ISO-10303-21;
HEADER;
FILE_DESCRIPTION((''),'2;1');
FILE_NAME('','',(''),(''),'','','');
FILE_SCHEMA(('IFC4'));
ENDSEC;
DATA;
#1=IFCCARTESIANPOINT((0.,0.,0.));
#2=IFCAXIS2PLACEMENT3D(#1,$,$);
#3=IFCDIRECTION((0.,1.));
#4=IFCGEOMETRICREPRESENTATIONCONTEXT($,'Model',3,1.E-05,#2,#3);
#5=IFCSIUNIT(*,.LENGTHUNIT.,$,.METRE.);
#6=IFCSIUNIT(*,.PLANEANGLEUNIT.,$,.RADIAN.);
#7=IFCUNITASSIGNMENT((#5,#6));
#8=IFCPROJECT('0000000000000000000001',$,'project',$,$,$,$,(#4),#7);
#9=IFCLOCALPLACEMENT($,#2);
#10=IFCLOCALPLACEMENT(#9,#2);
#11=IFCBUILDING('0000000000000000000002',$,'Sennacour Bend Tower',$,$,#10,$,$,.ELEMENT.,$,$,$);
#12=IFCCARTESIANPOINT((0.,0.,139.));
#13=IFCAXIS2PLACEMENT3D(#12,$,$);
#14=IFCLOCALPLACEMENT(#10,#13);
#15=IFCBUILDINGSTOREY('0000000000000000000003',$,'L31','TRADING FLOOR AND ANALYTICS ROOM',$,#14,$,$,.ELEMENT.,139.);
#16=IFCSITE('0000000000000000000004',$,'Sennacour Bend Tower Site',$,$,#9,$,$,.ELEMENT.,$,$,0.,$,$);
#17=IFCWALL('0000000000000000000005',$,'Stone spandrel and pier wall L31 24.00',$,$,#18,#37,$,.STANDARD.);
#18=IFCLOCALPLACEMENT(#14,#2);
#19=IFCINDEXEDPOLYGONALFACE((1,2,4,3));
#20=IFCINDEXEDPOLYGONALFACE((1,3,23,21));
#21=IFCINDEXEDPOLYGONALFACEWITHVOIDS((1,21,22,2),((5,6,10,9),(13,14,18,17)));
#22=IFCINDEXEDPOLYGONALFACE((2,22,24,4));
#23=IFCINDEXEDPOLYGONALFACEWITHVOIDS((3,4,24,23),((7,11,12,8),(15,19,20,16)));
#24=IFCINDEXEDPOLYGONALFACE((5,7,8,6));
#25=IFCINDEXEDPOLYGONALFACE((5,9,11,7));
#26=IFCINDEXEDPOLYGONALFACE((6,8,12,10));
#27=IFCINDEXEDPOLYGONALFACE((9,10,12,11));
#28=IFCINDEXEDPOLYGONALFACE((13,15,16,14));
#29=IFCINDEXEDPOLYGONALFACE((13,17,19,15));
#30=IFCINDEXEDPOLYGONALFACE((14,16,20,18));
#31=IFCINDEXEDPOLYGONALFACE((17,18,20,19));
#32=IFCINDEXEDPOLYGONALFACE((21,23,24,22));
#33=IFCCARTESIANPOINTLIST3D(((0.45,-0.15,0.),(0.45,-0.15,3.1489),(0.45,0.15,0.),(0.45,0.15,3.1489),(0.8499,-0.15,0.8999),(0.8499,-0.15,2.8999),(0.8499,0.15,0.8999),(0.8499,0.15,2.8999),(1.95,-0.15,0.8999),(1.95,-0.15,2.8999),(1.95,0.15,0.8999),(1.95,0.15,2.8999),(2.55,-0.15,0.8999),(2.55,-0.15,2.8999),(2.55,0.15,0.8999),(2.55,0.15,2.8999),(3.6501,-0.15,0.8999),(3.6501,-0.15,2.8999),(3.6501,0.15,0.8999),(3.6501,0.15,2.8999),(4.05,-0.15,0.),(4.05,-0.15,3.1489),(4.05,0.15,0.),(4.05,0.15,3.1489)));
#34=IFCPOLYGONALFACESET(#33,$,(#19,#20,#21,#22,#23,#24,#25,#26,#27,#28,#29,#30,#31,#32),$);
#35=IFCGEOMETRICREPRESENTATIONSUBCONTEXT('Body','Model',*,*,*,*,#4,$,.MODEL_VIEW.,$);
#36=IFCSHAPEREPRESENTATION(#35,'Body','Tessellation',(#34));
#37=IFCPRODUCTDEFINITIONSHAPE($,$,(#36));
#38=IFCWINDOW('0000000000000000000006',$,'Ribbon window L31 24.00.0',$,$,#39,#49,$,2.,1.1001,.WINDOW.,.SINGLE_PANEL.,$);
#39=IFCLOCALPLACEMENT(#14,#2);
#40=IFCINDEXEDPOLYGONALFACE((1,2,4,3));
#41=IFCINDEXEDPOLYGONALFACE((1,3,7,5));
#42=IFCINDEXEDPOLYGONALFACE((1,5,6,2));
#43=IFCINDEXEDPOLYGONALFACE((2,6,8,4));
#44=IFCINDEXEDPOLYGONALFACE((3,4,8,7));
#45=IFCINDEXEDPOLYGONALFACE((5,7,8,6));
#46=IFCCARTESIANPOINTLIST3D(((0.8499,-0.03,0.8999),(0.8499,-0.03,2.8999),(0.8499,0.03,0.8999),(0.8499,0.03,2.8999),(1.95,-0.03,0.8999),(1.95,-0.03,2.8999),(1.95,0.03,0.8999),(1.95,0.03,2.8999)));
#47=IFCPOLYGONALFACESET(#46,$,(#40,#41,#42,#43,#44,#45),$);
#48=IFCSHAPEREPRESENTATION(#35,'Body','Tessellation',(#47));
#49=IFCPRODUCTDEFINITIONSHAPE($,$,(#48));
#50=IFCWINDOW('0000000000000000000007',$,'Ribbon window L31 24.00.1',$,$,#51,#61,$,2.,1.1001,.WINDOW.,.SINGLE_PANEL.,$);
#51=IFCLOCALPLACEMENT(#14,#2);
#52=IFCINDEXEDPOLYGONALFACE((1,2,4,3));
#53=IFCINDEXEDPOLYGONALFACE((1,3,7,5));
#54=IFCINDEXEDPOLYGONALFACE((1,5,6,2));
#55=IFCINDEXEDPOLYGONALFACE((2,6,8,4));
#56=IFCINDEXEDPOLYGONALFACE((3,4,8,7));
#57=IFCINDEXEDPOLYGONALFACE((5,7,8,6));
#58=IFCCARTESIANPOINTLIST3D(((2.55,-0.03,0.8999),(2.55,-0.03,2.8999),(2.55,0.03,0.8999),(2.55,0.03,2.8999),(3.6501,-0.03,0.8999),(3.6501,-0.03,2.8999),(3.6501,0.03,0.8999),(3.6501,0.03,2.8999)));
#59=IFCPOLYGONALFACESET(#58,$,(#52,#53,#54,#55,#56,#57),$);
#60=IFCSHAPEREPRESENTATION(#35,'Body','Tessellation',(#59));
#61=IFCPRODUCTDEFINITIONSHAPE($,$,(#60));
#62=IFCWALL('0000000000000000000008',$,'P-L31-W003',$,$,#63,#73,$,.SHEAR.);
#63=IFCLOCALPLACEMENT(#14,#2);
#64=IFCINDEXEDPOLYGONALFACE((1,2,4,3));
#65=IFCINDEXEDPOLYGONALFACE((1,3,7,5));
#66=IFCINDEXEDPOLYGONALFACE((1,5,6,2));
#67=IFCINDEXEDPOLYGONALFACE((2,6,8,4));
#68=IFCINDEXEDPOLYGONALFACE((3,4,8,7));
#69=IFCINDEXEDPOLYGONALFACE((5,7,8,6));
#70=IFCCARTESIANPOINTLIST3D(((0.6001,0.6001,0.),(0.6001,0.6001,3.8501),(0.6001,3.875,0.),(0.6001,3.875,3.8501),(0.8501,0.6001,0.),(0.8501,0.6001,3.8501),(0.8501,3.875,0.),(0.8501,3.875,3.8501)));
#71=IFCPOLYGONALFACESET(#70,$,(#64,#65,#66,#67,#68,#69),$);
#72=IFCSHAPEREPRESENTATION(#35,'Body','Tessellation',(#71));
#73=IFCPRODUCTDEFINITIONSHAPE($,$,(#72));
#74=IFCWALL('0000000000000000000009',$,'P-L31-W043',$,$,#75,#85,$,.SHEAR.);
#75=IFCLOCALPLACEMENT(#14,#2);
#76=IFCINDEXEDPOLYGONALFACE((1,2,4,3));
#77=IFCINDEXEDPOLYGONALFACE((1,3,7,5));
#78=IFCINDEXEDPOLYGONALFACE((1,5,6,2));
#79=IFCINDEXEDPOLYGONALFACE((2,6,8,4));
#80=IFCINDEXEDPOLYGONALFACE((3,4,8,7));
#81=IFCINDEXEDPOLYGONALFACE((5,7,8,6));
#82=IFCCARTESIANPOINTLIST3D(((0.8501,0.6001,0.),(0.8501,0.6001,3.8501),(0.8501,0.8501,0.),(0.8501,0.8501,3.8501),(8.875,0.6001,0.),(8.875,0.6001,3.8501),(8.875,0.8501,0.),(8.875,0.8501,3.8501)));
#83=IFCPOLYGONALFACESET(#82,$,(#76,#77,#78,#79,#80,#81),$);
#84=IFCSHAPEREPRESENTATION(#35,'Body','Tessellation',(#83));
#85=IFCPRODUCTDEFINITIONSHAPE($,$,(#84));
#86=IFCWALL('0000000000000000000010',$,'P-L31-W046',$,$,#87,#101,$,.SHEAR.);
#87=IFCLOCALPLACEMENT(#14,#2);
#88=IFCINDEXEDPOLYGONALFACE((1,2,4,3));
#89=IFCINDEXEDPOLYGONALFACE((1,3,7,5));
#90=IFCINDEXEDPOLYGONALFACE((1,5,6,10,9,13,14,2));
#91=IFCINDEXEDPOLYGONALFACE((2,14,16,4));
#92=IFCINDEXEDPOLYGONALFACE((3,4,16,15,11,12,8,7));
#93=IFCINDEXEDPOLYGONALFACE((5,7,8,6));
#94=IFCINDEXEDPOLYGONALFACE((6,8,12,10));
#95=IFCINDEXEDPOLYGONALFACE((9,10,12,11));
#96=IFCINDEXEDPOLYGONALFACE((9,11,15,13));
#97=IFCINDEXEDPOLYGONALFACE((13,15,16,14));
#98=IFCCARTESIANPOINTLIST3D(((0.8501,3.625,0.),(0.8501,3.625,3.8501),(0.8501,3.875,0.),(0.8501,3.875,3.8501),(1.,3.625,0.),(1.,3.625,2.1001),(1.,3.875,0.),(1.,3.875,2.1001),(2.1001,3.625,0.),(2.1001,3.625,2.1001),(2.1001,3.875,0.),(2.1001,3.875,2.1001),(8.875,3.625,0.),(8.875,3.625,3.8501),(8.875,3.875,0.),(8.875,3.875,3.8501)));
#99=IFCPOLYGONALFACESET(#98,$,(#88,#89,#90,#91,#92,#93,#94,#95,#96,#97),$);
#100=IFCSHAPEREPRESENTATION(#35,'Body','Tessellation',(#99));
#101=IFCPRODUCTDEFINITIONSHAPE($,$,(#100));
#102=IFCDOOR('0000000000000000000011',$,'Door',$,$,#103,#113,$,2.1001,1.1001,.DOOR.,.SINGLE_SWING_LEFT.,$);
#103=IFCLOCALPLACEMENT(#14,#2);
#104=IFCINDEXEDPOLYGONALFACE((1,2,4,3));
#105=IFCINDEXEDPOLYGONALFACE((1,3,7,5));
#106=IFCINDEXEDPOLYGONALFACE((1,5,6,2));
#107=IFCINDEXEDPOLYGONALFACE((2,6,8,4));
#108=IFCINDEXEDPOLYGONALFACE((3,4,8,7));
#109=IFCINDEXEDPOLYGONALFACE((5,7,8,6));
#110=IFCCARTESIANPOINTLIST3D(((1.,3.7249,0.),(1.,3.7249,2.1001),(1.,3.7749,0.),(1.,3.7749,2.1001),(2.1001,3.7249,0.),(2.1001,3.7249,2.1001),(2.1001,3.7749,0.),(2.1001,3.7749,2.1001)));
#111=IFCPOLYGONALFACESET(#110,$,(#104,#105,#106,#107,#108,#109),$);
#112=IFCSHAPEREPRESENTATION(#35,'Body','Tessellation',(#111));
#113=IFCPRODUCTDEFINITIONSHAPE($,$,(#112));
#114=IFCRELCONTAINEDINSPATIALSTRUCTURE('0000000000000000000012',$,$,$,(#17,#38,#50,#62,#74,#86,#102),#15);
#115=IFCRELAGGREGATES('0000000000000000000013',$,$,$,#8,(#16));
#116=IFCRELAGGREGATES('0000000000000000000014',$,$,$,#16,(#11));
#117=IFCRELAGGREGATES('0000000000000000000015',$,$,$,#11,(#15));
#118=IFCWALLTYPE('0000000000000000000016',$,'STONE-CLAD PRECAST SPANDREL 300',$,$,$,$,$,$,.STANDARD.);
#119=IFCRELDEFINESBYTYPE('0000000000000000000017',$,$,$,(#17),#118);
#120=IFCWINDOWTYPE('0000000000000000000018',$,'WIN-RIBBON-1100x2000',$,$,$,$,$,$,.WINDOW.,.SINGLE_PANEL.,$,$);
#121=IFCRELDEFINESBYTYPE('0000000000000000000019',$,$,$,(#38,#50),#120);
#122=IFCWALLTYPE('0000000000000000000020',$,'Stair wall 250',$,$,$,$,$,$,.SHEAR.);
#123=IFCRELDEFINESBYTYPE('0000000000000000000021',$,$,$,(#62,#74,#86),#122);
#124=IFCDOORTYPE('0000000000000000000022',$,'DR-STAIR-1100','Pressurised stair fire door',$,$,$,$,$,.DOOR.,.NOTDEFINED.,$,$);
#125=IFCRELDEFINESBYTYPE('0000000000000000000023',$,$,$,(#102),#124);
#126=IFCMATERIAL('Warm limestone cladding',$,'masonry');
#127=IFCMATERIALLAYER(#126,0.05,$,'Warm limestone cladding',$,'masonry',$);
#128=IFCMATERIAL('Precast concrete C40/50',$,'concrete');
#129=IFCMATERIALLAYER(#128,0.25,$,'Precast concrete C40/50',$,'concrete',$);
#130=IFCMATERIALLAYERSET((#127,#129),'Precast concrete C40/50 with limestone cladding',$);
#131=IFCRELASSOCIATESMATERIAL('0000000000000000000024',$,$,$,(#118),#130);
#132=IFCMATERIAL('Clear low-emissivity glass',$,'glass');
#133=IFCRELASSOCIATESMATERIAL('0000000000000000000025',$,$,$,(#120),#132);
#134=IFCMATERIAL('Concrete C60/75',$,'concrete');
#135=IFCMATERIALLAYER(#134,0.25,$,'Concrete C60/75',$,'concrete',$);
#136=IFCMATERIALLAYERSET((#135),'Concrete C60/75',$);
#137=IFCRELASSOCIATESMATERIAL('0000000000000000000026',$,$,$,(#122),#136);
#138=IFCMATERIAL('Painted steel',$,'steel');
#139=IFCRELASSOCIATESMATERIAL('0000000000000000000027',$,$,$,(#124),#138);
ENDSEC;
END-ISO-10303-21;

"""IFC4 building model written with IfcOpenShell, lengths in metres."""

from ifc_helpers import new_model, si_unit, direction, frame, frame_2d, origin, place, context, subcontext, project, spatial, rectangle, extrude, material, layer, layer_set, type_object, element, fill, save


model = new_model("IFC4")

# Units and contexts
model_context = context("Model", 3, precision=1e-05, world=origin(), true_north=direction((0.0, 1.0)))
body_context = subcontext(model_context, "Body", "Model", "MODEL_VIEW")
ifc_project = project(units=[si_unit("LENGTHUNIT", "METRE"), si_unit("PLANEANGLEUNIT", "RADIAN")], contexts=[model_context])

# Site, building, storey
site_placement = place(None, origin())
site = spatial("IfcSite", under=ifc_project, at=site_placement, Name="Sennacour Bend Tower Site", CompositionType="ELEMENT", RefElevation=0.0)
building_placement = place(site_placement, origin())
building = spatial("IfcBuilding", under=site, at=building_placement, Name="Sennacour Bend Tower", CompositionType="ELEMENT")
storey_placement = place(building_placement, frame((0.0, 0.0, 139.0)))
storey = spatial("IfcBuildingStorey", under=building, at=storey_placement, Name="L31", Description="TRADING FLOOR AND ANALYTICS ROOM", CompositionType="ELEMENT", Elevation=139.0)

# Shared definitions
ifc_material_1 = material(Name="Painted steel", Category="steel")

# Wall, openings, windows
ifc_material_2 = material(Name="Warm limestone cladding", Category="masonry")
ifc_layer_1 = layer(ifc_material_2, 0.05, Name="Warm limestone cladding", Category="masonry")
ifc_material_3 = material(Name="Precast concrete C40/50", Category="concrete")
ifc_layer_2 = layer(ifc_material_3, 0.25, Name="Precast concrete C40/50", Category="concrete")
ifc_layer_set_1 = layer_set([ifc_layer_1, ifc_layer_2], Name="Precast concrete C40/50 with limestone cladding")
wall_type_1 = type_object("IfcWallType", Name="STONE-CLAD PRECAST SPANDREL 300", PredefinedType="STANDARD", material=ifc_layer_set_1)
ifc_material_4 = material(Name="Clear low-emissivity glass", Category="glass")
window_type = type_object("IfcWindowType", Name="WIN-RIBBON-1100x2000", PartitioningType="SINGLE_PANEL", PredefinedType="WINDOW", material=ifc_material_4)
wall_1_placement = place(storey_placement, frame((0.45, 0.0, 0.0), z_axis=(0.0, 0.0, 1.0), x_axis=(1.0, 0.0, 0.0)))
wall_1 = element("IfcWall", 1, at=wall_1_placement, inside=storey, type_object=wall_type_1, Name="Stone spandrel and pier wall L31 24.00", PredefinedType="STANDARD", context=body_context, shape_type="SweptSolid", body=[
    extrude(rectangle(XDim=3.6001, YDim=0.3, at=frame_2d((1.8, 0.0))), origin(), (0.0, 0.0, 1.0), 3.1489),
])
opening_1_placement = place(wall_1_placement, frame((0.3999, 0.0, 0.8999)))
opening_1 = element("IfcOpeningElement", 2, at=opening_1_placement, cuts=wall_1, PredefinedType="OPENING", context=body_context, shape_type="SweptSolid", body=[
    extrude(rectangle(XDim=1.1001, YDim=2.0, at=frame_2d((0.55, 1.0))), frame((0.0, 0.1602, 0.0), z_axis=(0.0, -1.0, 0.0), x_axis=(1.0, 0.0, 0.0)), (0.0, 0.0, 1.0), 0.3201),
])
opening_2_placement = place(wall_1_placement, frame((2.1001, 0.0, 0.8999)))
opening_2 = element("IfcOpeningElement", 3, at=opening_2_placement, cuts=wall_1, PredefinedType="OPENING", context=body_context, shape_type="SweptSolid", body=[
    extrude(rectangle(XDim=1.1001, YDim=2.0, at=frame_2d((0.55, 1.0))), frame((0.0, 0.1602, 0.0), z_axis=(0.0, -1.0, 0.0), x_axis=(1.0, 0.0, 0.0)), (0.0, 0.0, 1.0), 0.3201),
])
window_1_placement = place(opening_1_placement, origin())
window_1 = element("IfcWindow", 4, at=window_1_placement, inside=storey, type_object=window_type, Name="Ribbon window L31 24.00.0", OverallHeight=2.0, OverallWidth=1.1001, PartitioningType="SINGLE_PANEL", PredefinedType="WINDOW", context=body_context, shape_type="SweptSolid", body=[
    extrude(rectangle(XDim=1.1001, YDim=2.0, at=frame_2d((0.55, 1.0))), frame((0.0, 0.03, 0.0), z_axis=(0.0, -1.0, 0.0), x_axis=(1.0, 0.0, 0.0)), (0.0, 0.0, 1.0), 0.0601),
])
fill(opening_1, window_1)
window_2_placement = place(opening_2_placement, origin())
window_2 = element("IfcWindow", 5, at=window_2_placement, inside=storey, type_object=window_type, Name="Ribbon window L31 24.00.1", OverallHeight=2.0, OverallWidth=1.1001, PartitioningType="SINGLE_PANEL", PredefinedType="WINDOW", context=body_context, shape_type="SweptSolid", body=[
    extrude(rectangle(XDim=1.1001, YDim=2.0, at=frame_2d((0.55, 1.0))), frame((0.0, 0.03, 0.0), z_axis=(0.0, -1.0, 0.0), x_axis=(1.0, 0.0, 0.0)), (0.0, 0.0, 1.0), 0.0601),
])
fill(opening_2, window_2)

# Walls
ifc_material_5 = material(Name="Concrete C60/75", Category="concrete")
ifc_layer_3 = layer(ifc_material_5, 0.25, Name="Concrete C60/75", Category="concrete")
ifc_layer_set_2 = layer_set([ifc_layer_3], Name="Concrete C60/75")
wall_type_2 = type_object("IfcWallType", Name="Stair wall 250", PredefinedType="SHEAR", material=ifc_layer_set_2)
wall_2_placement = place(storey_placement, frame((0.7251, 0.6001, 0.0), z_axis=(0.0, 0.0, 1.0), x_axis=(0.0, 1.0, 0.0)))
element("IfcWall", 6, at=wall_2_placement, inside=storey, type_object=wall_type_2, Name="P-L31-W003", PredefinedType="SHEAR", context=body_context, shape_type="SweptSolid", body=[
    extrude(rectangle(XDim=3.2749, YDim=0.25, at=frame_2d((1.6375, 0.0))), origin(), (0.0, 0.0, 1.0), 3.8501),
])
wall_3_placement = place(storey_placement, frame((0.8501, 0.7251, 0.0), z_axis=(0.0, 0.0, 1.0), x_axis=(1.0, 0.0, 0.0)))
element("IfcWall", 7, at=wall_3_placement, inside=storey, type_object=wall_type_2, Name="P-L31-W043", PredefinedType="SHEAR", context=body_context, shape_type="SweptSolid", body=[
    extrude(rectangle(XDim=8.0249, YDim=0.25, at=frame_2d((4.0125, 0.0))), origin(), (0.0, 0.0, 1.0), 3.8501),
])

# Wall, opening, door
wall_4_placement = place(storey_placement, frame((0.8501, 3.75, 0.0), z_axis=(0.0, 0.0, 1.0), x_axis=(1.0, 0.0, 0.0)))
wall_4 = element("IfcWall", 8, at=wall_4_placement, inside=storey, type_object=wall_type_2, Name="P-L31-W046", PredefinedType="SHEAR", context=body_context, shape_type="SweptSolid", body=[
    extrude(rectangle(XDim=8.0249, YDim=0.25, at=frame_2d((4.0125, 0.0))), origin(), (0.0, 0.0, 1.0), 3.8501),
])
opening_3_placement = place(wall_4_placement, frame((0.1499, 0.0, 0.0)))
opening_3 = element("IfcOpeningElement", 9, at=opening_3_placement, cuts=wall_4, PredefinedType="OPENING", context=body_context, shape_type="SweptSolid", body=[
    extrude(rectangle(XDim=1.1001, YDim=2.1001, at=frame_2d((0.55, 1.05))), frame((0.0, 0.135, 0.0), z_axis=(0.0, -1.0, 0.0), x_axis=(1.0, 0.0, 0.0)), (0.0, 0.0, 1.0), 0.27),
])
door_type_1 = type_object("IfcDoorType", Name="DR-STAIR-1100", Description="Pressurised stair fire door", OperationType="NOTDEFINED", PredefinedType="DOOR", material=ifc_material_1)
door_1_placement = place(opening_3_placement, origin())
door_1 = element("IfcDoor", 10, at=door_1_placement, inside=storey, type_object=door_type_1, Name="Door", OperationType="SINGLE_SWING_LEFT", OverallHeight=2.1001, OverallWidth=1.1001, PredefinedType="DOOR", context=body_context, shape_type="SweptSolid", body=[
    extrude(rectangle(XDim=1.1001, YDim=2.1001, at=frame_2d((0.55, 1.05))), frame((0.0, 0.0249, 0.0), z_axis=(0.0, -1.0, 0.0), x_axis=(1.0, 0.0, 0.0)), (0.0, 0.0, 1.0), 0.05),
])
fill(opening_3, door_1)

save(model, "model.ifc")
